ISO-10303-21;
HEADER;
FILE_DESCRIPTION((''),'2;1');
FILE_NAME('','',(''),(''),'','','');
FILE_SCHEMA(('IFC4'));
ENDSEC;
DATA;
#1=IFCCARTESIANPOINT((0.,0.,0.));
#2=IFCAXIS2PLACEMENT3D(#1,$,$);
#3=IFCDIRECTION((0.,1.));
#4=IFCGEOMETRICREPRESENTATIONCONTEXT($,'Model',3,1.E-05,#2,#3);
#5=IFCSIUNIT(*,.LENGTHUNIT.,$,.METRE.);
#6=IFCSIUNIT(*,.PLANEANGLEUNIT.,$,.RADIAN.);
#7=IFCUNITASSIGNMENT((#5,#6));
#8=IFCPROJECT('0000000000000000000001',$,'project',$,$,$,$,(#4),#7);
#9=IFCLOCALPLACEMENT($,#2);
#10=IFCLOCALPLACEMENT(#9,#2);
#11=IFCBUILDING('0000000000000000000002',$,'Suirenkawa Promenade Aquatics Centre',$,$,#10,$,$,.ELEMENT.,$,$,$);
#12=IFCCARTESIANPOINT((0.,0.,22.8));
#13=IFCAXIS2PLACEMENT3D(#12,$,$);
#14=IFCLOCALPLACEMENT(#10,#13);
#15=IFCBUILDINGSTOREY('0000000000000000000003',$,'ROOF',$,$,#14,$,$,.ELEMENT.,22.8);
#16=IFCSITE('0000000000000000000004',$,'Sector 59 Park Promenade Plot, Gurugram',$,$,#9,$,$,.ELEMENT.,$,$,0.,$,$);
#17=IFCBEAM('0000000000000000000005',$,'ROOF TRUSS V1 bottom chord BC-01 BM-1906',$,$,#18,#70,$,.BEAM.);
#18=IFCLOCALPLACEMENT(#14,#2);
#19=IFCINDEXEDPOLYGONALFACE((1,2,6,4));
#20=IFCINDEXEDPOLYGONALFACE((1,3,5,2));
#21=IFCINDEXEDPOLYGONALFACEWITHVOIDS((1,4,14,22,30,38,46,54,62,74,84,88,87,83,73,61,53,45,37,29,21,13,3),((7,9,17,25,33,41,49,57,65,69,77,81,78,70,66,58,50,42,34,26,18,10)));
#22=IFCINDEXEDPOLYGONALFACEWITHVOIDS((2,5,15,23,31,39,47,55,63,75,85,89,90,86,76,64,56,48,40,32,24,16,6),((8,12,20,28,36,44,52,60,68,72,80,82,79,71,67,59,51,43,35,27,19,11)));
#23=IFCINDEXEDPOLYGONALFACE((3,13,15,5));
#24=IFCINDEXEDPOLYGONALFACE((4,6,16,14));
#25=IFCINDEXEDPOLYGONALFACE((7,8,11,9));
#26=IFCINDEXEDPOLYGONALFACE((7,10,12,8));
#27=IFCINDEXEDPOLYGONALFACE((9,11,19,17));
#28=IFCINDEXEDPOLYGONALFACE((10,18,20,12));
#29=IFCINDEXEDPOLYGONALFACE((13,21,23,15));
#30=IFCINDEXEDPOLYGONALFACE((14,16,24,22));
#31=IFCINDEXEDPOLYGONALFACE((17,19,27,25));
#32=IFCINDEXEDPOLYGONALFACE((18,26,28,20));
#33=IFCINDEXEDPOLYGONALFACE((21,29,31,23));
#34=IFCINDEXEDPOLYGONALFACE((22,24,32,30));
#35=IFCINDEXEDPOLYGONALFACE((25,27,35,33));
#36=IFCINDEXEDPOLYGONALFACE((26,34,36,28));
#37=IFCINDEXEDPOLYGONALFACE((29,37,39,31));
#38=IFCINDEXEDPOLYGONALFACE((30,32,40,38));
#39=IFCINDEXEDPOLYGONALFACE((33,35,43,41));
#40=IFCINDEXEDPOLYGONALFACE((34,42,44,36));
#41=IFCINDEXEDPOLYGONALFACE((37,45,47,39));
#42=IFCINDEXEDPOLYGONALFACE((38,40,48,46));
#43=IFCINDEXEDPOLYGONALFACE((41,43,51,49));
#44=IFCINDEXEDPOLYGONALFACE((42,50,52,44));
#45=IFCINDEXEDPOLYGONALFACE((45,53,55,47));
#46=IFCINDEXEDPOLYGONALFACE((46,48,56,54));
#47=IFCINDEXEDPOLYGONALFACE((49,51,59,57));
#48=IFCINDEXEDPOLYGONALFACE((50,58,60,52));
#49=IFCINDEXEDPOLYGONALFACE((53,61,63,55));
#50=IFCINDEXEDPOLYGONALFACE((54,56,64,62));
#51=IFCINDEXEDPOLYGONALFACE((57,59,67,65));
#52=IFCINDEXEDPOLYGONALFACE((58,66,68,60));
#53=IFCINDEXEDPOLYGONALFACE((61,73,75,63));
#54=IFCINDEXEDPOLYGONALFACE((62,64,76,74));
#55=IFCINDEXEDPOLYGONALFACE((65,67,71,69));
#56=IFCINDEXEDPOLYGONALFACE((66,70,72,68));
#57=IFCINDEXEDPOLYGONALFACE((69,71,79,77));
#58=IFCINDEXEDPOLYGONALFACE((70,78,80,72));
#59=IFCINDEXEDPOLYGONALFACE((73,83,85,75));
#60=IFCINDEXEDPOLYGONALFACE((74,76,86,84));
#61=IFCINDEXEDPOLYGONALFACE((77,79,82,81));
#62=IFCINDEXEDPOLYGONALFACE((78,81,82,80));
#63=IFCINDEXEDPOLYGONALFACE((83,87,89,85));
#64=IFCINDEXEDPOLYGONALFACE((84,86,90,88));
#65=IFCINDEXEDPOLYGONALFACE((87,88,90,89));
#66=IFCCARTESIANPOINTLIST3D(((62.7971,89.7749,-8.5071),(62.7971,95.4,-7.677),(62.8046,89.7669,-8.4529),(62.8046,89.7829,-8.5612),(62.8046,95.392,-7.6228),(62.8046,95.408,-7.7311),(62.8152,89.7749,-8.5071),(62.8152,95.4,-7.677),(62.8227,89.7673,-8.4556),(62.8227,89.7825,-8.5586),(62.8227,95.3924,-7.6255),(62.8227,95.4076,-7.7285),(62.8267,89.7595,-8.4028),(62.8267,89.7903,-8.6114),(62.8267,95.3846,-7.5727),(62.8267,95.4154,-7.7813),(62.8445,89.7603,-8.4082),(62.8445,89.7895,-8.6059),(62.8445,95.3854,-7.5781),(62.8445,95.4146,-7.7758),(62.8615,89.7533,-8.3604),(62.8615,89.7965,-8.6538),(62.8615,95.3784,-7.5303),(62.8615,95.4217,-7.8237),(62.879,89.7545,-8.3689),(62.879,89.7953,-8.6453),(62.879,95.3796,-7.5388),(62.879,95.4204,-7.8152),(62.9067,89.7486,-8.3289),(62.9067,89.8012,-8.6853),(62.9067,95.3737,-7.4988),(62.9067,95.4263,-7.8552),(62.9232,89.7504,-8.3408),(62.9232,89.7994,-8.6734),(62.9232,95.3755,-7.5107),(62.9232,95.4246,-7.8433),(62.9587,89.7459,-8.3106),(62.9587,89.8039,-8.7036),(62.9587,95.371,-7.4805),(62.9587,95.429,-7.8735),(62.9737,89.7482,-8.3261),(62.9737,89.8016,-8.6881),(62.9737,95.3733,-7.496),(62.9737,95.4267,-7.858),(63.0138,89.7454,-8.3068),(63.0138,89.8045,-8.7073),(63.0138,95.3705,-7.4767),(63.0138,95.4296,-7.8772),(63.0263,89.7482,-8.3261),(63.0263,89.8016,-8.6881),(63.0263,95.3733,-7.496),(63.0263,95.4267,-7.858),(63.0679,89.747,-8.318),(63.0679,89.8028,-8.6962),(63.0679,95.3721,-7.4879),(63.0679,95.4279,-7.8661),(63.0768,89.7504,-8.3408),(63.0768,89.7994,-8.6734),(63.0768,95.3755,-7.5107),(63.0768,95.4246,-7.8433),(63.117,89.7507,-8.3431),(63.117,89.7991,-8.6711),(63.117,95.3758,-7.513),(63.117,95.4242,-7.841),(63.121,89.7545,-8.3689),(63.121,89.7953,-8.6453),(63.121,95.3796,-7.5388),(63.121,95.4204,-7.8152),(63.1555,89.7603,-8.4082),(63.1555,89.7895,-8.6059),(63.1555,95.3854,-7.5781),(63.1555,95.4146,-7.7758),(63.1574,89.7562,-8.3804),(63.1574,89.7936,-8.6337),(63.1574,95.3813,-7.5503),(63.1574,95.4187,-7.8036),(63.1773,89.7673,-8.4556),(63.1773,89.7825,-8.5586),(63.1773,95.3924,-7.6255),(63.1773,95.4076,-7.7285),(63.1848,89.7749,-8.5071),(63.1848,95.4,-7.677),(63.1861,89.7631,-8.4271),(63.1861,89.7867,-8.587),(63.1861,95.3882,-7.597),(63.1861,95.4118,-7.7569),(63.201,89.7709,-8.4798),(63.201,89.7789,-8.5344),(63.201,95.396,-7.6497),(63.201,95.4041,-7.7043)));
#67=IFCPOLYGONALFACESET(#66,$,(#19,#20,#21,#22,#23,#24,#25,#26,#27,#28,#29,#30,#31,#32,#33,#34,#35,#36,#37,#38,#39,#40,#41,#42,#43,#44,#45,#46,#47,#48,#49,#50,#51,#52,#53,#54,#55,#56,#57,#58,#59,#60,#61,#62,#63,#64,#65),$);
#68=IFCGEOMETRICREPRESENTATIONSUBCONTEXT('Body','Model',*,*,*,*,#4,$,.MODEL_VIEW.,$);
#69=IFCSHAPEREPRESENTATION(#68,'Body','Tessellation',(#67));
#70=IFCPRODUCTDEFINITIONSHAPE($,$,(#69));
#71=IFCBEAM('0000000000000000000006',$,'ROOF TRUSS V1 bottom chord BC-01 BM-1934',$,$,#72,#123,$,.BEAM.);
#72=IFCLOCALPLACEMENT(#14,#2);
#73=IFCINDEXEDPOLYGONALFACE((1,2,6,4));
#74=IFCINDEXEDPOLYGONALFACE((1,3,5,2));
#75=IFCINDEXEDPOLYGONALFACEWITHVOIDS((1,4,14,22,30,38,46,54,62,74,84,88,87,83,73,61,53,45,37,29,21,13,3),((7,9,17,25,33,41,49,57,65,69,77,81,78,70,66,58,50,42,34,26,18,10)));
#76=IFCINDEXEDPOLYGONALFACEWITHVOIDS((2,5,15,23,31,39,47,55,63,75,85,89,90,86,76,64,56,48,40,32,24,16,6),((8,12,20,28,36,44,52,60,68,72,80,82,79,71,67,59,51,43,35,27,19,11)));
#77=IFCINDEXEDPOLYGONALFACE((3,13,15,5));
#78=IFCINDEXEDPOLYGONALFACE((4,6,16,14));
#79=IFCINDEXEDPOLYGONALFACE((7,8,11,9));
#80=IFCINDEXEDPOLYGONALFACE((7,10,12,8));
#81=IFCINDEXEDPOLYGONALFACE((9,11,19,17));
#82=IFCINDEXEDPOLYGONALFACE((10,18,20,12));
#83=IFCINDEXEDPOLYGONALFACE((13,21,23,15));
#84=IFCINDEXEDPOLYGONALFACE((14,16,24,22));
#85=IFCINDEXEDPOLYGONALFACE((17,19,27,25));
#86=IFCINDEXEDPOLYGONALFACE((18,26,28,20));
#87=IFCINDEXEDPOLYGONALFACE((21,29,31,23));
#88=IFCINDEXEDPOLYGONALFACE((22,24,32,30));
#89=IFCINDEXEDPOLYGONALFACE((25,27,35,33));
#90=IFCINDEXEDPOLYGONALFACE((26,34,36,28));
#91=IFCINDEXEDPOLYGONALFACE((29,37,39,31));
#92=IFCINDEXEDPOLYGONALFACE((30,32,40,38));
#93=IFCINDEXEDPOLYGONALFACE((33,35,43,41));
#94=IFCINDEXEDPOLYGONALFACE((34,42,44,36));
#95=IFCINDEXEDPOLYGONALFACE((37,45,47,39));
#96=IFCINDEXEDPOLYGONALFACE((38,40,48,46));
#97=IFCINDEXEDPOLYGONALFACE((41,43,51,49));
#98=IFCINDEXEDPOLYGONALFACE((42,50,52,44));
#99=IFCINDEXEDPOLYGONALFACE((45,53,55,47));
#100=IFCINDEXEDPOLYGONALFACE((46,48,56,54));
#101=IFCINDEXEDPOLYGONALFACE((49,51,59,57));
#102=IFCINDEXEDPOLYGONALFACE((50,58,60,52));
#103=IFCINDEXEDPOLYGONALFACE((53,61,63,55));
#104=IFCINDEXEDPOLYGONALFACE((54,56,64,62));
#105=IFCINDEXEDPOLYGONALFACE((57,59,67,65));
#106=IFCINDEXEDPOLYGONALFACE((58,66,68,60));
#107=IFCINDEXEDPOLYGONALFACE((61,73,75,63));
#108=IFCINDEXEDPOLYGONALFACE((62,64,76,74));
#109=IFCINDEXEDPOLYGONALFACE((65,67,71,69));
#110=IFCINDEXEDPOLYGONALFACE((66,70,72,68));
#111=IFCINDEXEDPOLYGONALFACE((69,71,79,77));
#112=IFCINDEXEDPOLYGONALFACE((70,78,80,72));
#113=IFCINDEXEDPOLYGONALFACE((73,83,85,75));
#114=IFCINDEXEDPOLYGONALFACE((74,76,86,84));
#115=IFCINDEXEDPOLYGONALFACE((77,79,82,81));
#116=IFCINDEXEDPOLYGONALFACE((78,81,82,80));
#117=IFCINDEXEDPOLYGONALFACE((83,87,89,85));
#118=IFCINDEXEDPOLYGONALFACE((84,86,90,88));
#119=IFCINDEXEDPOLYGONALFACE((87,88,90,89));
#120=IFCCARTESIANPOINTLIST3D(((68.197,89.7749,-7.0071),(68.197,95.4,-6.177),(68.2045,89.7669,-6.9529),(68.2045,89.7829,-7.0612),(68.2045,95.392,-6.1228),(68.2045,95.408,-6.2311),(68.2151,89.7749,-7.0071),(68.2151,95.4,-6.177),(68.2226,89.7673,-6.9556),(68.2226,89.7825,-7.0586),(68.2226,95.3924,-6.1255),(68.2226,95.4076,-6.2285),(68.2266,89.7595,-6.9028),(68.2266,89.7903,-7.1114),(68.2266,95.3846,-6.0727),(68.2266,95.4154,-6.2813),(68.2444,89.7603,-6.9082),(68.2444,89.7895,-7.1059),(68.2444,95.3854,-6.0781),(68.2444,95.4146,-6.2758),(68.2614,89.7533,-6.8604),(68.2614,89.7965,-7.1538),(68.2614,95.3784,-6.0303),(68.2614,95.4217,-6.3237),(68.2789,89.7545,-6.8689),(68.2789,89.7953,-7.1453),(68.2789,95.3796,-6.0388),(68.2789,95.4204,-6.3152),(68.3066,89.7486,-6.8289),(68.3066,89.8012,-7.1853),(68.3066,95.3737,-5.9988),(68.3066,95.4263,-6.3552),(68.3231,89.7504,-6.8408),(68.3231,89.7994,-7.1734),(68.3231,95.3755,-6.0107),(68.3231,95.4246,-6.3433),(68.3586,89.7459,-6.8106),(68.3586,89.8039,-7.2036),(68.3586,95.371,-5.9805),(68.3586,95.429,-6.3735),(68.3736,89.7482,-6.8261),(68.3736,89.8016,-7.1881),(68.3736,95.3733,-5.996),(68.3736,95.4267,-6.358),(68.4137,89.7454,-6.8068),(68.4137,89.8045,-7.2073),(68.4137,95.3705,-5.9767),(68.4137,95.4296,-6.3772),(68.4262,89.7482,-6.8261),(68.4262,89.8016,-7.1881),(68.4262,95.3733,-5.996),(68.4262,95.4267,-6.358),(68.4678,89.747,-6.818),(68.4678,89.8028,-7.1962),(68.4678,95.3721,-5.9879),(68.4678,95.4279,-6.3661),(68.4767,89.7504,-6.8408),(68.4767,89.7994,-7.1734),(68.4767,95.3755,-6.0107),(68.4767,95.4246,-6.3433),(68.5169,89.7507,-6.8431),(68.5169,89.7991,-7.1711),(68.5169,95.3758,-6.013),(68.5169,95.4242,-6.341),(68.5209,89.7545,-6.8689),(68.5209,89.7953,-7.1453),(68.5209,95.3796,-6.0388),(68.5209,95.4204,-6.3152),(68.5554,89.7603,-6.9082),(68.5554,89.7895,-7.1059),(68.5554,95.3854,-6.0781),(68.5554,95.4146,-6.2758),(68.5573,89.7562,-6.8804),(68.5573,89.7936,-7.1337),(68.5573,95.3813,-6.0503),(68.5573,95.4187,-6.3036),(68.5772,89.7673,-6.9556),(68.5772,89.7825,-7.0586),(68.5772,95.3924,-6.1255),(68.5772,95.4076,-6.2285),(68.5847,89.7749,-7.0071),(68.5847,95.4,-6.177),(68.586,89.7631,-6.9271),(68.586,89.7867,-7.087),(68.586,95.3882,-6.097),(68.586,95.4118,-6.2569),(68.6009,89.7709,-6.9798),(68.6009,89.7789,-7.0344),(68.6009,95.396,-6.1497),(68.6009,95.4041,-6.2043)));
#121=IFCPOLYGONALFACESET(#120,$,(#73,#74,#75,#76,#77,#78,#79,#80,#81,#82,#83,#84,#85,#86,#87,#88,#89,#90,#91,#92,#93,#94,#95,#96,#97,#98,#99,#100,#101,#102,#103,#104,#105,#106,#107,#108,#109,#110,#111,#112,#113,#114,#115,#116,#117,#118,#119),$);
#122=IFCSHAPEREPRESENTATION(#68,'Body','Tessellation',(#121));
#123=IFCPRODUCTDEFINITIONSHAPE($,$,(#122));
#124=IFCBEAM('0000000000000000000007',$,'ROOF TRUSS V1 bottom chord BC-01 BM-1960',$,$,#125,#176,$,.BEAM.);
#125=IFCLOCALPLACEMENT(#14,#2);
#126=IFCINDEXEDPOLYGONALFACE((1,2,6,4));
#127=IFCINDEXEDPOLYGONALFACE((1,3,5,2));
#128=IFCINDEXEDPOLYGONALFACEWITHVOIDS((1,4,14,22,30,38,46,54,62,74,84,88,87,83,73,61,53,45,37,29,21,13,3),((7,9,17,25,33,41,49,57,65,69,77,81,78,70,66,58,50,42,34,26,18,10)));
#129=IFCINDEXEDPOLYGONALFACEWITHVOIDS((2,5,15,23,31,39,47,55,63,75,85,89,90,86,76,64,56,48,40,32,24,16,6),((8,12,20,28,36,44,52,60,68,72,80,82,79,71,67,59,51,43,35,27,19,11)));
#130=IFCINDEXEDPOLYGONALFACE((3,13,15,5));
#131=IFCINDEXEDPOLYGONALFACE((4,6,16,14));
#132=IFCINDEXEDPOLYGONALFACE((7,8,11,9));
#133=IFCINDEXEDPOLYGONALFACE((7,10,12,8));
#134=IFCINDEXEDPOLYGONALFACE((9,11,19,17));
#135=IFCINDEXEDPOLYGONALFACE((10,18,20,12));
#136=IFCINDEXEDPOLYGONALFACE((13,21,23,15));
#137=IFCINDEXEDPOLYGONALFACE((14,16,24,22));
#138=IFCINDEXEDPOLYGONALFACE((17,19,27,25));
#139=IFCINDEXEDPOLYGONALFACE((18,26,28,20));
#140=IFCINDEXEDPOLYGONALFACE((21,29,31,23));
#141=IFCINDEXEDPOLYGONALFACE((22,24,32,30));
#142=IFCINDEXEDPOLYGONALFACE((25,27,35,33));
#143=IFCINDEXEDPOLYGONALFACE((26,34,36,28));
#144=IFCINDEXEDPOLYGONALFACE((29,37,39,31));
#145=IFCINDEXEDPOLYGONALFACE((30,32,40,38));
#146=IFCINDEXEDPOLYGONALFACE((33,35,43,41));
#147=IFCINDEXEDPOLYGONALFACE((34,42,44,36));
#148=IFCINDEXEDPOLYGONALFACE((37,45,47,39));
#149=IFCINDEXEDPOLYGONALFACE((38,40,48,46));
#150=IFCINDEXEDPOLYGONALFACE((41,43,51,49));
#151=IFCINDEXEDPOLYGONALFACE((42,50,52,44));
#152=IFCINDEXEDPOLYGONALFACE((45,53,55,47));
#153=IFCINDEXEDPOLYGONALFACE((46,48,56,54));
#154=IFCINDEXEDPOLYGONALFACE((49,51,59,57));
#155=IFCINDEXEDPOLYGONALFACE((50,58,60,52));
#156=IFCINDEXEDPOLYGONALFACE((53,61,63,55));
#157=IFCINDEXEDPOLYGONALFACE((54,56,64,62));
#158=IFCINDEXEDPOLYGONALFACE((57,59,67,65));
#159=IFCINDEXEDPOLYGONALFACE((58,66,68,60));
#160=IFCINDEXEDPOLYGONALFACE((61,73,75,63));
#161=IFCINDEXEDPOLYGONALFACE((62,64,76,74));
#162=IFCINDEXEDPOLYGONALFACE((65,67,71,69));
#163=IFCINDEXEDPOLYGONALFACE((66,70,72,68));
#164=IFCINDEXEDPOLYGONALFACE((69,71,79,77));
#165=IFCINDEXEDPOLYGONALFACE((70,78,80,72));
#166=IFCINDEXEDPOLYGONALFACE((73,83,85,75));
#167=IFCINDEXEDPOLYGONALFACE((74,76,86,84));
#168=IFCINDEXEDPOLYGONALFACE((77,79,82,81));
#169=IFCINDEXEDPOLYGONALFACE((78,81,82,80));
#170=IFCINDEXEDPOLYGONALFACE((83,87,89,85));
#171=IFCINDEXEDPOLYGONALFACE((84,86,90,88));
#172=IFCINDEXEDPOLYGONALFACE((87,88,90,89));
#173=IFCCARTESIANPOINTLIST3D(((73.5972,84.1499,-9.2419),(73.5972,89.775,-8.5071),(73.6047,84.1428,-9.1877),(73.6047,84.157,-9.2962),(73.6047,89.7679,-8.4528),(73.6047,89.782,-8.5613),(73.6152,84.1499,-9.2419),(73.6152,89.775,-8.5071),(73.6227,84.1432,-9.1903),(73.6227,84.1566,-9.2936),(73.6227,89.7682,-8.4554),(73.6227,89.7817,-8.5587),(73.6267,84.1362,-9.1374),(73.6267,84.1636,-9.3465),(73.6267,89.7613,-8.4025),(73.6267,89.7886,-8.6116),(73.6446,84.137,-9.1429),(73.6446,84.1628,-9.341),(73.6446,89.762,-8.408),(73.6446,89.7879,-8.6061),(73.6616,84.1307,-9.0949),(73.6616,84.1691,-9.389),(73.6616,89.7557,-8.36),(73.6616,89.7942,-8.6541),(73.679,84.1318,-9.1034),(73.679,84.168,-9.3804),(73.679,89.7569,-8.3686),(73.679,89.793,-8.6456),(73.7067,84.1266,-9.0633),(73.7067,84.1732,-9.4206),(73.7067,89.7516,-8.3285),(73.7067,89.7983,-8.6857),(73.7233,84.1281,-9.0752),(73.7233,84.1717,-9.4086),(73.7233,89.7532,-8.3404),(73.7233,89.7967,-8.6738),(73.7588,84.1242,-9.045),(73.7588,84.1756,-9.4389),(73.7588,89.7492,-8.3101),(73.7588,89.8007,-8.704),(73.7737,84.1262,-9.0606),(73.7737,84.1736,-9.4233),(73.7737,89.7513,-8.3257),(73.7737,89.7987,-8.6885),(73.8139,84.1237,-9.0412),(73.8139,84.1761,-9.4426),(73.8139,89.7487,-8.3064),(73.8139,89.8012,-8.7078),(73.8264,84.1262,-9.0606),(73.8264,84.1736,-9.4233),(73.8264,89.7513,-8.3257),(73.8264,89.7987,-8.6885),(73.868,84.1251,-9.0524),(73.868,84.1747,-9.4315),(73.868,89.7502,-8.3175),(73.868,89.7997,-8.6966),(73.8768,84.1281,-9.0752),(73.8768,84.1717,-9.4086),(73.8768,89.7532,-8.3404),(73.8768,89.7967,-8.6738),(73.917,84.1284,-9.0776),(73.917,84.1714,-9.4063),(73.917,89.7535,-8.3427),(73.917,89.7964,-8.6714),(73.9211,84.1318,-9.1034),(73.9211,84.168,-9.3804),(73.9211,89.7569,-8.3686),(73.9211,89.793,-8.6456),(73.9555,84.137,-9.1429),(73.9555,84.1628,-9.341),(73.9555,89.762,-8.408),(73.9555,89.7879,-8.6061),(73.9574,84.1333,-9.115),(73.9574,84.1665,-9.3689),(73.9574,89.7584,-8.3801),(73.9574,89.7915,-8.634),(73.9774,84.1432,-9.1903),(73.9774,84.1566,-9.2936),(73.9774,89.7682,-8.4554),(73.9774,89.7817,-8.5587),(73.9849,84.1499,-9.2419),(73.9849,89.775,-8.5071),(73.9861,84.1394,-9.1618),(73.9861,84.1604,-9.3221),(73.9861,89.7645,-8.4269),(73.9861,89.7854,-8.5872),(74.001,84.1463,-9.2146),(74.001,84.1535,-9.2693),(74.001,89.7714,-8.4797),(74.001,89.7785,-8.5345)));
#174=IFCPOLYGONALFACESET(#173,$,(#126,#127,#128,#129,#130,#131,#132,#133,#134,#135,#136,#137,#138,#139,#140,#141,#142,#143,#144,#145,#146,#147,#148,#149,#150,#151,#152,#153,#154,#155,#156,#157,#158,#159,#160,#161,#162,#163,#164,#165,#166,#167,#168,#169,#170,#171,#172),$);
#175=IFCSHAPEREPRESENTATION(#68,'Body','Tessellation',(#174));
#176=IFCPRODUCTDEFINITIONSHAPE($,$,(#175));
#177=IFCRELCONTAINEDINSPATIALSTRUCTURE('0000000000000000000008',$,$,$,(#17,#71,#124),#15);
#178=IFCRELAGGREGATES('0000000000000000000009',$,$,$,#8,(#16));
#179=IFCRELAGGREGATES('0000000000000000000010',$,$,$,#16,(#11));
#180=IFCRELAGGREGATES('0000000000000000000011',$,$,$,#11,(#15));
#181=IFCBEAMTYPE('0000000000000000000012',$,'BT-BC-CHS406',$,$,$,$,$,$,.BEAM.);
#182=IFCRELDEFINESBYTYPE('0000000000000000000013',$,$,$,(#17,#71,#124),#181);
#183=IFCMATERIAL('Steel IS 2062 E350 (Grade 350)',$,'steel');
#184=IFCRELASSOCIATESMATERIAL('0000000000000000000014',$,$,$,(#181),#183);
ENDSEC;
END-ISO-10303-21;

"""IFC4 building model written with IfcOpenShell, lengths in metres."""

from ifc_helpers import new_model, si_unit, direction, frame, origin, origin_2d, place, context, subcontext, project, spatial, hollow_circle, extrude, material, material_profile, profile_set, type_object, element, save


model = new_model("IFC4")

# Units and contexts
model_context = context("Model", 3, precision=1e-05, world=origin(), true_north=direction((0.0, 1.0)))
body_context = subcontext(model_context, "Body", "Model", "MODEL_VIEW")
ifc_project = project(units=[si_unit("LENGTHUNIT", "METRE"), si_unit("PLANEANGLEUNIT", "RADIAN")], contexts=[model_context])

# Site, building, storey
site_placement = place(None, origin())
site = spatial("IfcSite", under=ifc_project, at=site_placement, Name="Sector 59 Park Promenade Plot, Gurugram", CompositionType="ELEMENT", RefElevation=0.0)
building_placement = place(site_placement, origin())
building = spatial("IfcBuilding", under=site, at=building_placement, Name="Suirenkawa Promenade Aquatics Centre", CompositionType="ELEMENT")
storey_placement = place(building_placement, frame((0.0, 0.0, 22.8)))
storey = spatial("IfcBuildingStorey", under=building, at=storey_placement, Name="ROOF", CompositionType="ELEMENT", Elevation=22.8)

# Beams
ifc_material = material(Name="Steel IS 2062 E350 (Grade 350)", Category="steel")
ifc_material_profile_1 = material_profile(ifc_material, hollow_circle(Radius=0.2029, WallThickness=0.0181, at=origin_2d()), Name="CHS 406x18", Category="steel")
ifc_profile_set_1 = profile_set([ifc_material_profile_1], Name="Steel IS 2062 E350 (Grade 350)")
beam_type_1 = type_object("IfcBeamType", Name="BT-BC-CHS406", PredefinedType="BEAM", material=ifc_profile_set_1)
for number, where, z_axis, x_axis, name in (
    (1, (63.0, 89.7749, -8.5071), (0.0, 0.989286, 0.145988), (-1.0, 0.0, 0.0), "ROOF TRUSS V1 bottom chord BC-01 BM-1906"),
    (2, (68.3999, 89.7749, -7.0071), (0.0, 0.989286, 0.145988), (-1.0, 0.0, 0.0), "ROOF TRUSS V1 bottom chord BC-01 BM-1934"),
):
    element("IfcBeam", number, at=place(storey_placement, frame(where, z_axis=z_axis, x_axis=x_axis)), inside=storey, type_object=beam_type_1, Name=name, PredefinedType="BEAM", context=body_context, shape_type="SweptSolid", body=[
        extrude(hollow_circle(Radius=0.2029, WallThickness=0.0181, at=origin_2d()), origin(), (0.0, 0.0, 1.0), 5.686),
    ])
beam_1_placement = place(storey_placement, frame((73.8, 84.1499, -9.2419), z_axis=(0.0, 0.991574, 0.129542), x_axis=(-1.0, 0.0, 0.0)))
element("IfcBeam", 3, at=beam_1_placement, inside=storey, type_object=beam_type_1, Name="ROOF TRUSS V1 bottom chord BC-01 BM-1960", PredefinedType="BEAM", context=body_context, shape_type="SweptSolid", body=[
    extrude(hollow_circle(Radius=0.2029, WallThickness=0.0181, at=origin_2d()), origin(), (0.0, 0.0, 1.0), 5.6729),
])

save(model, "model.ifc")
